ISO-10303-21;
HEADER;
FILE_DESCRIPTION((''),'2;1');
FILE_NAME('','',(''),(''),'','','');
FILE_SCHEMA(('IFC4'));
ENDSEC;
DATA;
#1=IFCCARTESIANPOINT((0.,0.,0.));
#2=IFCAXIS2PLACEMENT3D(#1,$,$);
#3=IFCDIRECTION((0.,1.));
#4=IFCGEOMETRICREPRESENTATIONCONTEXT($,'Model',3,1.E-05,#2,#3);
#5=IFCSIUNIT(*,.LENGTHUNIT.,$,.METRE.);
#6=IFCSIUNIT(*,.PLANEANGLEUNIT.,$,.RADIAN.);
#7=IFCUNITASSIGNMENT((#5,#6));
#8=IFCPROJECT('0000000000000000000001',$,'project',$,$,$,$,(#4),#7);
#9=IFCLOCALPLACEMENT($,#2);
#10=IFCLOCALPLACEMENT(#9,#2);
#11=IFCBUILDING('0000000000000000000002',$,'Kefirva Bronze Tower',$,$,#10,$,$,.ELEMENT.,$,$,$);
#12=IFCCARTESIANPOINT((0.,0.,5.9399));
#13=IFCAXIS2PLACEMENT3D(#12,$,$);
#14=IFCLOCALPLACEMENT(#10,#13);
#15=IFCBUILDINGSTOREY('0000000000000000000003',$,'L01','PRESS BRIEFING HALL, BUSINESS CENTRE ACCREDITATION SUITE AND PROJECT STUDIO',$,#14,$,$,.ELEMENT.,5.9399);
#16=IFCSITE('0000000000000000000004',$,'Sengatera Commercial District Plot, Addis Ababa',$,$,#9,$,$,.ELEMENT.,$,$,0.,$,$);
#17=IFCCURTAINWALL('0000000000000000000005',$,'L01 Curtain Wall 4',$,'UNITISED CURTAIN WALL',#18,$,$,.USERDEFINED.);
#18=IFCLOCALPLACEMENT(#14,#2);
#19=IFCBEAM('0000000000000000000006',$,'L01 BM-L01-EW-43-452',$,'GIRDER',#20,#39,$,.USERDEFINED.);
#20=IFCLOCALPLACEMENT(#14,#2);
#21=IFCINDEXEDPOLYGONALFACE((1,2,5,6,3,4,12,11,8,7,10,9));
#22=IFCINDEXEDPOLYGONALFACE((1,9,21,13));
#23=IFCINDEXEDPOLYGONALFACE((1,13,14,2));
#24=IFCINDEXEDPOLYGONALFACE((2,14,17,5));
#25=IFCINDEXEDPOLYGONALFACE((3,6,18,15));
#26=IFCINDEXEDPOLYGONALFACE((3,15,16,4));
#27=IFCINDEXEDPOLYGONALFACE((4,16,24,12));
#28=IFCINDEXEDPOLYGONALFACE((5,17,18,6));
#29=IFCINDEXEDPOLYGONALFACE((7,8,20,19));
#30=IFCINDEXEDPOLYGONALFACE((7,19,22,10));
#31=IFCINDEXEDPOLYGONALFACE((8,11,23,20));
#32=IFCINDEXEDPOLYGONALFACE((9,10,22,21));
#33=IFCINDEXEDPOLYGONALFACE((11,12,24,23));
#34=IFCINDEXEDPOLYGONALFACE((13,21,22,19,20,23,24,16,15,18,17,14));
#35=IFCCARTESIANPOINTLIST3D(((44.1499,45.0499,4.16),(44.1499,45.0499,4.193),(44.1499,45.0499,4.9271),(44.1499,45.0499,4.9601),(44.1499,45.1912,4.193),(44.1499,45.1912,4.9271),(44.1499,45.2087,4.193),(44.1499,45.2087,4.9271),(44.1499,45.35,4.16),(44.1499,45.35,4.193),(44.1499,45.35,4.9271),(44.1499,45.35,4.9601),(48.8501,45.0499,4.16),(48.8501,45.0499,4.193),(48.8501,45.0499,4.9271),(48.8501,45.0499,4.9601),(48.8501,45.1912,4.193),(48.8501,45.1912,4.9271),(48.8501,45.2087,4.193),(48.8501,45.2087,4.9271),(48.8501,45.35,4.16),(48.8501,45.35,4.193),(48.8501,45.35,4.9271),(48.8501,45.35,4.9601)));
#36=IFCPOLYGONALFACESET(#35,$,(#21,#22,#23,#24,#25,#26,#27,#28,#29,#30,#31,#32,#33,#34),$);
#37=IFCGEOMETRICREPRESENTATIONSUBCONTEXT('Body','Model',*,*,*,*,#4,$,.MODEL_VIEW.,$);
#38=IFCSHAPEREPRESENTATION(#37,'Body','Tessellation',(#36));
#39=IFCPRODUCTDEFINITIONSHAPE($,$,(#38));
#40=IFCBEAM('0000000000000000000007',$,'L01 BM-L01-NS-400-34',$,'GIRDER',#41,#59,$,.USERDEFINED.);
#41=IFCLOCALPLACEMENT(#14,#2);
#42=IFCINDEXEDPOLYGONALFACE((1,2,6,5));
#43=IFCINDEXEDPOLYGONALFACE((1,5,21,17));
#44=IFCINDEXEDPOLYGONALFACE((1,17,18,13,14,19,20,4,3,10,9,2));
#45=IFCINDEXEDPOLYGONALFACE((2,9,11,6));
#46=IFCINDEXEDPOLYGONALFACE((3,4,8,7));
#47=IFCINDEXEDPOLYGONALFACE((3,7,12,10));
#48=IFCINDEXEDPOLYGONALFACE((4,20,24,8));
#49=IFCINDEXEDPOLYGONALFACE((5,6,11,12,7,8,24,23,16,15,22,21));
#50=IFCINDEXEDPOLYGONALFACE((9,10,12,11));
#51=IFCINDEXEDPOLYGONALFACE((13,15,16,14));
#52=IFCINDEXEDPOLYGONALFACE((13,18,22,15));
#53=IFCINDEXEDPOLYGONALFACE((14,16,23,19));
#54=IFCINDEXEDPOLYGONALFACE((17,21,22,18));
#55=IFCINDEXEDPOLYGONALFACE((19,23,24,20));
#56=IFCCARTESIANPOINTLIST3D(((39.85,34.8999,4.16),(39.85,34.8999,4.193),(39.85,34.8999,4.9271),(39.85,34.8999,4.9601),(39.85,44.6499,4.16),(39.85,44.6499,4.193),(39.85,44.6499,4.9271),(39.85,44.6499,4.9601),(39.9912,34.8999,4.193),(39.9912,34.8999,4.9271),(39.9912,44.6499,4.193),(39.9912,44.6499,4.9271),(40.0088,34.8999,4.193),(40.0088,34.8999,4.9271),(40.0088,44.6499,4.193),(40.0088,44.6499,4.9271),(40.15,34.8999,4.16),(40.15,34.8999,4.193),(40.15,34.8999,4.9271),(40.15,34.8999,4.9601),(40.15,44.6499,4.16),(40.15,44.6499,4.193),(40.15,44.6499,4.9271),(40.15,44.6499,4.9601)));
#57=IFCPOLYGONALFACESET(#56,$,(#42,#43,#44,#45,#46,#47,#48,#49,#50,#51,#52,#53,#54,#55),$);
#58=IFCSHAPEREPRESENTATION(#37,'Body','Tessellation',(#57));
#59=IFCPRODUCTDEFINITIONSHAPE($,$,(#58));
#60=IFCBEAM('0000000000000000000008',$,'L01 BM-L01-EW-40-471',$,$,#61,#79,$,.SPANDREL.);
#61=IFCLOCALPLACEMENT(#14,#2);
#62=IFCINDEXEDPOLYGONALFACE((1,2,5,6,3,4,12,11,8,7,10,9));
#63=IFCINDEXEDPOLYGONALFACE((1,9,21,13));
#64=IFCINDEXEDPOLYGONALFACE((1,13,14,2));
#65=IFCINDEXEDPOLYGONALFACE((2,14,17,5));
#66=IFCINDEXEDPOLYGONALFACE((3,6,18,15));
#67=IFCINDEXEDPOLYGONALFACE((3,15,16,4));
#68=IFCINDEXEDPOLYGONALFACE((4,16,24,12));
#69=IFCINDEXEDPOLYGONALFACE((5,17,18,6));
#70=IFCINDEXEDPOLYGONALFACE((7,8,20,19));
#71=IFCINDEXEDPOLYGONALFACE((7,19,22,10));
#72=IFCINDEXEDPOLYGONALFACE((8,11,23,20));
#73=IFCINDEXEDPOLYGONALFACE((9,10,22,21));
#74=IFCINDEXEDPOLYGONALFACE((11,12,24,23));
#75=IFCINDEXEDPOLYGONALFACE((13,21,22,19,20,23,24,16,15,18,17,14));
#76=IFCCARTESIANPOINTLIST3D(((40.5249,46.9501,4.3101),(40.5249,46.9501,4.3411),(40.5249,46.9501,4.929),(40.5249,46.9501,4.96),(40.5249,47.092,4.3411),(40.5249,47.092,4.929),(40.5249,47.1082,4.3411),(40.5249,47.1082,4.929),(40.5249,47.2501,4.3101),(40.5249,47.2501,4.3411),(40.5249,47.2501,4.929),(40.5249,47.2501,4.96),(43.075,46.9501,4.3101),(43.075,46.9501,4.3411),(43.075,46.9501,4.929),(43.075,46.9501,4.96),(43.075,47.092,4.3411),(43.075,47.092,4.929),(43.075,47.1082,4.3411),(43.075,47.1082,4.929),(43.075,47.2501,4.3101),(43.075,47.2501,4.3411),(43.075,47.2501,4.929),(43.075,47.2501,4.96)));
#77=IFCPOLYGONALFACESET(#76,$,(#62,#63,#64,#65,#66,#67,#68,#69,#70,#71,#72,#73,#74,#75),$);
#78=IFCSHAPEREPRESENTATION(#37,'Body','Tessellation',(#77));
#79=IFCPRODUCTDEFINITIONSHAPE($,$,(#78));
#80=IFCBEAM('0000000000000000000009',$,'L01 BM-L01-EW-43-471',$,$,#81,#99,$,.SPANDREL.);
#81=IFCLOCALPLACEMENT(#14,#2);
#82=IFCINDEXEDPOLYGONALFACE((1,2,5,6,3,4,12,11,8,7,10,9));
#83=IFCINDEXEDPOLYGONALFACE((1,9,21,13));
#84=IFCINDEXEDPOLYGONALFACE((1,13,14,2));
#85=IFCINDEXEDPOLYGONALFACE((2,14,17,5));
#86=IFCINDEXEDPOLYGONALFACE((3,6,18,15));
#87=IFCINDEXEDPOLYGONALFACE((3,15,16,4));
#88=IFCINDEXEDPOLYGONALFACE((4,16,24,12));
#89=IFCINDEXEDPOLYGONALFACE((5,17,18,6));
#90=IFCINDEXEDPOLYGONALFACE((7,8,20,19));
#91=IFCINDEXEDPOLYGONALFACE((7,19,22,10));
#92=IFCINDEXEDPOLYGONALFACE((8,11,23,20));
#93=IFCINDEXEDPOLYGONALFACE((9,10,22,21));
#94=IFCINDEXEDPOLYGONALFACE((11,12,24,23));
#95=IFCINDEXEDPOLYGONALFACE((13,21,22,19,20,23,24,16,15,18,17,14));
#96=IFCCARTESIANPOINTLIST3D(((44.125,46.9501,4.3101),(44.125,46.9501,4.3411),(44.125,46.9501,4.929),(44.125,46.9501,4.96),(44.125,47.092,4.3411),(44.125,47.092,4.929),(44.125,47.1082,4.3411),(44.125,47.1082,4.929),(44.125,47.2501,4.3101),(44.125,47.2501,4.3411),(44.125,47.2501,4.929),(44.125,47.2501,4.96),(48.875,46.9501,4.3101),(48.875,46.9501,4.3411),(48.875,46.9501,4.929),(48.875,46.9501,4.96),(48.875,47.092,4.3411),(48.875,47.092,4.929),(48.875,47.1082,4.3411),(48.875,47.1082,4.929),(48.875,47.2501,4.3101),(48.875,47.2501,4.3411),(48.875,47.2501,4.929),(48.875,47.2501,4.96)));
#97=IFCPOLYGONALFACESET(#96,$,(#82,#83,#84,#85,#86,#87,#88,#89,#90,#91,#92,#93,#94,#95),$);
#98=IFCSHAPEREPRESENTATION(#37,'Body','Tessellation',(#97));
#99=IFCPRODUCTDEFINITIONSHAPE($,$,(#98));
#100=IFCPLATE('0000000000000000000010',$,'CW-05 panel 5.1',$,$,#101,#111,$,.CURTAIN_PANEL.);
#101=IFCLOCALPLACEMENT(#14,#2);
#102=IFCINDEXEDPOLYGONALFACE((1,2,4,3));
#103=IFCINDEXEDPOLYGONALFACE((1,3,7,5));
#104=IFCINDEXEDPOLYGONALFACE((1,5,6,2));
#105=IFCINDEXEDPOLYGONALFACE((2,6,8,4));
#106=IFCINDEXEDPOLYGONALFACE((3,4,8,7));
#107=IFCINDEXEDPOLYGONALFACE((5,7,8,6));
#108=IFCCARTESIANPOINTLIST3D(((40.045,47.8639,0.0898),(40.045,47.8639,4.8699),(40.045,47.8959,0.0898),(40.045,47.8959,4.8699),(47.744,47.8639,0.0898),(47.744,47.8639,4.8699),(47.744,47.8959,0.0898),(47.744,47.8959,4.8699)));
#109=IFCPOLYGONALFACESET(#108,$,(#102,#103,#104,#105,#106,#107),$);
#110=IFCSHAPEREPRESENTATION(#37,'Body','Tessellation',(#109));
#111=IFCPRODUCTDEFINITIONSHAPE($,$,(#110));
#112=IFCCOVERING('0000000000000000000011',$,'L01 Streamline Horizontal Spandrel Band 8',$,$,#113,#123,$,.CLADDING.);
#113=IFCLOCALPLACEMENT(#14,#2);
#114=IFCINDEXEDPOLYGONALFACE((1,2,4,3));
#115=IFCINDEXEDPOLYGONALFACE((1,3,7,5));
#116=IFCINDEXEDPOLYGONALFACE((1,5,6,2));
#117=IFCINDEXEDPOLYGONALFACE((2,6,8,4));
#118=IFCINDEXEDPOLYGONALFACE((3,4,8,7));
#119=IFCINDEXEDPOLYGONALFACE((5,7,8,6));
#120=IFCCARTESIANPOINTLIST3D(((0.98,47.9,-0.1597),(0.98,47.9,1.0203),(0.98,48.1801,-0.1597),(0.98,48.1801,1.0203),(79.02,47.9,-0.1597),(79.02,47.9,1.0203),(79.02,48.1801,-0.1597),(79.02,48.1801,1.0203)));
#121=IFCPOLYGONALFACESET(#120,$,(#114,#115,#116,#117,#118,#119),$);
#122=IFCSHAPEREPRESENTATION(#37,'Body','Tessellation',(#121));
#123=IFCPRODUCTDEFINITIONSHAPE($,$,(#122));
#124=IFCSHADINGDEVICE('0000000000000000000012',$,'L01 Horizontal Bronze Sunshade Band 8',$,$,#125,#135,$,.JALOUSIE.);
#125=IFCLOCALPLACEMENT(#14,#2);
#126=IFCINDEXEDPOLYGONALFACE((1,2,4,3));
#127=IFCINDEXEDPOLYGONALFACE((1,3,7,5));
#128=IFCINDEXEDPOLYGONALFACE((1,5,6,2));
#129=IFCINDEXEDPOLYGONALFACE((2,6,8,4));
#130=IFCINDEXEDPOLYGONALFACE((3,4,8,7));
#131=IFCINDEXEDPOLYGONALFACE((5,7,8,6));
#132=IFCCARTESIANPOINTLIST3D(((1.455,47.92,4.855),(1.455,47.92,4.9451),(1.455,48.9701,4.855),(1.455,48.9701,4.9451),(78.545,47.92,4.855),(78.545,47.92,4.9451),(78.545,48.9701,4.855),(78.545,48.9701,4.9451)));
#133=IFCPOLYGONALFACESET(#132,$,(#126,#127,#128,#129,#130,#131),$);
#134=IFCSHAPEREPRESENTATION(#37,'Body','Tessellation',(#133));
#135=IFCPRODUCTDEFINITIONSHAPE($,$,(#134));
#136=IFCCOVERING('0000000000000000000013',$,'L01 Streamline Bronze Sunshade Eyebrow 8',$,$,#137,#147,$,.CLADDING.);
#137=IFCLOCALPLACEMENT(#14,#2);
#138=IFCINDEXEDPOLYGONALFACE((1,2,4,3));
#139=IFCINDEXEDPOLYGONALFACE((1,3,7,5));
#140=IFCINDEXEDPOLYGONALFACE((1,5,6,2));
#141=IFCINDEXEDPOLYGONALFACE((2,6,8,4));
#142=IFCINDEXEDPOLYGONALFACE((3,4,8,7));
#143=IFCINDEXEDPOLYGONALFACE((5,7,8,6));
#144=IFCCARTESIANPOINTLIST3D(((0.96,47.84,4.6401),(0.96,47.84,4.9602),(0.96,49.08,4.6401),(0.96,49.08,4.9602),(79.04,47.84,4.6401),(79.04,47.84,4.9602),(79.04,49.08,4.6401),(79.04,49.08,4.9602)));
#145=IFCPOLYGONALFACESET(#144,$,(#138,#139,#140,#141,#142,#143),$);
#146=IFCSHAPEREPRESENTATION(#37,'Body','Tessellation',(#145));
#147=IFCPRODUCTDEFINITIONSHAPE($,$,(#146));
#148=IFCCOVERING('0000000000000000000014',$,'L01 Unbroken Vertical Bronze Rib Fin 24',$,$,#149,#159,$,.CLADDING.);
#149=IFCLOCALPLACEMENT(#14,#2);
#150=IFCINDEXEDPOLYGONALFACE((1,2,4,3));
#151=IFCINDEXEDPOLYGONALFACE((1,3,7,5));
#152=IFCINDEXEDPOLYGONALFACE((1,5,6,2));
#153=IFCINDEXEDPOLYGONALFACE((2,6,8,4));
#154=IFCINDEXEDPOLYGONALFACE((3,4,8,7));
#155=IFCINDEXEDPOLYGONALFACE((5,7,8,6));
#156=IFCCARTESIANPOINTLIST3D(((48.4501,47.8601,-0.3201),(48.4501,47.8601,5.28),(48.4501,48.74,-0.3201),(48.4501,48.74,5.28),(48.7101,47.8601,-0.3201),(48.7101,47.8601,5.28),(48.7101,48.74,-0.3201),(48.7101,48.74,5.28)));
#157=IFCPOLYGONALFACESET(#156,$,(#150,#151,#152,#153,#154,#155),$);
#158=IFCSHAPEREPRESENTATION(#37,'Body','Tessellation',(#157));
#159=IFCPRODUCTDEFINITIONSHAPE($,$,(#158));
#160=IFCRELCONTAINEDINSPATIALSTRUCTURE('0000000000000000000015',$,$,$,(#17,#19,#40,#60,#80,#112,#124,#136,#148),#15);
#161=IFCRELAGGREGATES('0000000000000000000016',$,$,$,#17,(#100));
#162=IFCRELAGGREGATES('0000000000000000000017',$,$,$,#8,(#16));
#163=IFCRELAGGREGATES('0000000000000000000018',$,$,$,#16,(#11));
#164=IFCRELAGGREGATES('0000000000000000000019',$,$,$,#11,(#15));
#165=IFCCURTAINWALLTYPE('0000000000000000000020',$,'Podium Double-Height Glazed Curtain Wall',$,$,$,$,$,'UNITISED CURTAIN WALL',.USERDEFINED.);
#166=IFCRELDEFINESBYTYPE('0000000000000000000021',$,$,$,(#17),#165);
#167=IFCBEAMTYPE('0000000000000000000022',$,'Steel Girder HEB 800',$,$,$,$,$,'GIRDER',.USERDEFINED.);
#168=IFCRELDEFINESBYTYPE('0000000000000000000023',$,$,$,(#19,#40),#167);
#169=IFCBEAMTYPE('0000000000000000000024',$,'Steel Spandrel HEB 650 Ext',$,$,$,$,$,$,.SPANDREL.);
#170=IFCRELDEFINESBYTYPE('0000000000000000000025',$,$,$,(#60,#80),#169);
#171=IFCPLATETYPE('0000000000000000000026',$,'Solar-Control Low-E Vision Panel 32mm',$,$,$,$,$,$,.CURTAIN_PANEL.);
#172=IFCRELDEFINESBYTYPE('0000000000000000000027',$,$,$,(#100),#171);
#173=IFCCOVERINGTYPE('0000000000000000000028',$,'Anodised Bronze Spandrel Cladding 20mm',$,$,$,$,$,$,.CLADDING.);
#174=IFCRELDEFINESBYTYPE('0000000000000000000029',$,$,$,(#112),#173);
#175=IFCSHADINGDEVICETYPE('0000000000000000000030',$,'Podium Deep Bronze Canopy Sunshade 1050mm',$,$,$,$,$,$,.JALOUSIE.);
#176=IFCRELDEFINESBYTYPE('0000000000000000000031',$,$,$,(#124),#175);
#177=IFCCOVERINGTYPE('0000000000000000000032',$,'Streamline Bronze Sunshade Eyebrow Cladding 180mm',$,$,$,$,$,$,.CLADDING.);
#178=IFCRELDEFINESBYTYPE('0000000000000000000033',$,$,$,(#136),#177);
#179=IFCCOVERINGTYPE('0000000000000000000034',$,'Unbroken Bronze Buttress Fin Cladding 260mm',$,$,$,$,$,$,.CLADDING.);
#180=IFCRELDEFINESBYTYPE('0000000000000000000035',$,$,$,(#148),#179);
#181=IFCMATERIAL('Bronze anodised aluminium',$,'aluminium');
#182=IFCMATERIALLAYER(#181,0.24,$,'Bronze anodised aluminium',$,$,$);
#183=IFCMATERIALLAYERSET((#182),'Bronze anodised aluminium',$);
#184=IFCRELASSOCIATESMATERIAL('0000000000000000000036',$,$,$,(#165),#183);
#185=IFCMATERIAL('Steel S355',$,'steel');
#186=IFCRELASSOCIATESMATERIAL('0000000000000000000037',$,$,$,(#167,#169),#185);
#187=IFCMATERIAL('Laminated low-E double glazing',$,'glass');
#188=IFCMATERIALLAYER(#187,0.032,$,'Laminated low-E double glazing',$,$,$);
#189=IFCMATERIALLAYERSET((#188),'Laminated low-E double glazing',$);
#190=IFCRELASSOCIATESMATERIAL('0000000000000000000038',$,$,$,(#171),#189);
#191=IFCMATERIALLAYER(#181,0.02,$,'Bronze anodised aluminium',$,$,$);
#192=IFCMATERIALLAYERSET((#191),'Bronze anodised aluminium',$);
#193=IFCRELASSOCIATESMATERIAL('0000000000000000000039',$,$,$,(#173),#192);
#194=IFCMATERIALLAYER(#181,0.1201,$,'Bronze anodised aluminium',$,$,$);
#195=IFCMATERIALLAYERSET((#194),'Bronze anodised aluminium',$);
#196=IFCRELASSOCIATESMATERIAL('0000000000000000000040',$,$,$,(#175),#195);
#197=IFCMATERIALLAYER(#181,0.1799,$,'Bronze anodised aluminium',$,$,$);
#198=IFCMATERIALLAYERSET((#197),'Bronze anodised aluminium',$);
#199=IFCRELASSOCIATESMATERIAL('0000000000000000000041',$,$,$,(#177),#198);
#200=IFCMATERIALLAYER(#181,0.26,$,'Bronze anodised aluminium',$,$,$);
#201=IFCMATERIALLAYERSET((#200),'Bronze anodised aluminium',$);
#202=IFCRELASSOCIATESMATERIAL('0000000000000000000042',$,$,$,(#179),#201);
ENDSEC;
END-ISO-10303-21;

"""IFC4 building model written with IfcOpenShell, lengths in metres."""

from ifc_helpers import new_model, si_unit, direction, frame, origin, origin_2d, place, context, subcontext, project, spatial, rectangle, i_section, extrude, material, layer, layer_set, material_profile, profile_set, type_object, element, aggregate, save


model = new_model("IFC4")

# Units and contexts
model_context = context("Model", 3, precision=1e-05, world=origin(), true_north=direction((0.0, 1.0)))
body_context = subcontext(model_context, "Body", "Model", "MODEL_VIEW")
ifc_project = project(units=[si_unit("LENGTHUNIT", "METRE"), si_unit("PLANEANGLEUNIT", "RADIAN")], contexts=[model_context])

# Site, building, storey
site_placement = place(None, origin())
site = spatial("IfcSite", under=ifc_project, at=site_placement, Name="Sengatera Commercial District Plot, Addis Ababa", CompositionType="ELEMENT", RefElevation=0.0)
building_placement = place(site_placement, origin())
building = spatial("IfcBuilding", under=site, at=building_placement, Name="Kefirva Bronze Tower", CompositionType="ELEMENT")
storey_placement = place(building_placement, frame((0.0, 0.0, 5.9399)))
storey = spatial("IfcBuildingStorey", under=building, at=storey_placement, Name="L01", Description="PRESS BRIEFING HALL, BUSINESS CENTRE ACCREDITATION SUITE AND PROJECT STUDIO", CompositionType="ELEMENT", Elevation=5.9399)

# Curtain wall
ifc_material_1 = material(Name="Bronze anodised aluminium", Category="aluminium")
ifc_layer_1 = layer(ifc_material_1, 0.24, Name="Bronze anodised aluminium")
ifc_layer_set_1 = layer_set([ifc_layer_1], Name="Bronze anodised aluminium")
curtain_wall_type = type_object("IfcCurtainWallType", Name="Podium Double-Height Glazed Curtain Wall", ElementType="UNITISED CURTAIN WALL", PredefinedType="USERDEFINED", material=ifc_layer_set_1)
curtain_wall_placement = place(storey_placement, origin())
curtain_wall = element("IfcCurtainWall", 1, at=curtain_wall_placement, inside=storey, type_object=curtain_wall_type, Name="L01 Curtain Wall 4", ObjectType="UNITISED CURTAIN WALL", PredefinedType="USERDEFINED")

# Beams
ifc_material_2 = material(Name="Steel S355", Category="steel")
ifc_material_profile_1 = material_profile(ifc_material_2, i_section(OverallWidth=0.3, OverallDepth=0.8, WebThickness=0.0176, FlangeThickness=0.033, at=origin_2d()), Name="HEB 800")
ifc_profile_set_1 = profile_set([ifc_material_profile_1], Name="Steel S355")
beam_type_1 = type_object("IfcBeamType", Name="Steel Girder HEB 800", ElementType="GIRDER", PredefinedType="USERDEFINED", material=ifc_profile_set_1)
beam_1_placement = place(storey_placement, frame((44.1499, 45.2, 4.5601), z_axis=(1.0, 0.0, 0.0), x_axis=(0.0, 1.0, 0.0)))
element("IfcBeam", 2, at=beam_1_placement, inside=storey, type_object=beam_type_1, Name="L01 BM-L01-EW-43-452", ObjectType="GIRDER", PredefinedType="USERDEFINED", context=body_context, shape_type="SweptSolid", body=[
    extrude(i_section(OverallWidth=0.3, OverallDepth=0.8, WebThickness=0.0176, FlangeThickness=0.033, at=origin_2d()), origin(), (0.0, 0.0, 1.0), 4.7002),
])
beam_2_placement = place(storey_placement, frame((40.0, 34.8999, 4.5601), z_axis=(0.0, 1.0, 0.0), x_axis=(-1.0, 0.0, 0.0)))
element("IfcBeam", 3, at=beam_2_placement, inside=storey, type_object=beam_type_1, Name="L01 BM-L01-NS-400-34", ObjectType="GIRDER", PredefinedType="USERDEFINED", context=body_context, shape_type="SweptSolid", body=[
    extrude(i_section(OverallWidth=0.3, OverallDepth=0.8, WebThickness=0.0176, FlangeThickness=0.033, at=origin_2d()), origin(), (0.0, 0.0, 1.0), 9.75),
])
ifc_material_profile_2 = material_profile(ifc_material_2, i_section(OverallWidth=0.3, OverallDepth=0.6499, WebThickness=0.0161, FlangeThickness=0.031, at=origin_2d()), Name="HEB 650")
ifc_profile_set_2 = profile_set([ifc_material_profile_2], Name="Steel S355")
beam_type_2 = type_object("IfcBeamType", Name="Steel Spandrel HEB 650 Ext", PredefinedType="SPANDREL", material=ifc_profile_set_2)
beam_3_placement = place(storey_placement, frame((40.5249, 47.1001, 4.635), z_axis=(1.0, 0.0, 0.0), x_axis=(0.0, 1.0, 0.0)))
element("IfcBeam", 4, at=beam_3_placement, inside=storey, type_object=beam_type_2, Name="L01 BM-L01-EW-40-471", PredefinedType="SPANDREL", context=body_context, shape_type="SweptSolid", body=[
    extrude(i_section(OverallWidth=0.3, OverallDepth=0.6499, WebThickness=0.0161, FlangeThickness=0.031, at=origin_2d()), origin(), (0.0, 0.0, 1.0), 2.55),
])
beam_4_placement = place(storey_placement, frame((44.125, 47.1001, 4.635), z_axis=(1.0, 0.0, 0.0), x_axis=(0.0, 1.0, 0.0)))
element("IfcBeam", 5, at=beam_4_placement, inside=storey, type_object=beam_type_2, Name="L01 BM-L01-EW-43-471", PredefinedType="SPANDREL", context=body_context, shape_type="SweptSolid", body=[
    extrude(i_section(OverallWidth=0.3, OverallDepth=0.6499, WebThickness=0.0161, FlangeThickness=0.031, at=origin_2d()), origin(), (0.0, 0.0, 1.0), 4.75),
])

# Plate
ifc_material_3 = material(Name="Laminated low-E double glazing", Category="glass")
ifc_layer_2 = layer(ifc_material_3, 0.032, Name="Laminated low-E double glazing")
ifc_layer_set_2 = layer_set([ifc_layer_2], Name="Laminated low-E double glazing")
plate_type = type_object("IfcPlateType", Name="Solar-Control Low-E Vision Panel 32mm", PredefinedType="CURTAIN_PANEL", material=ifc_layer_set_2)
plate_placement = place(storey_placement, frame((43.8945, 47.8799, 0.0898), z_axis=(0.0, 0.0, 1.0), x_axis=(-1.0, 0.0, 0.0)))
plate = element("IfcPlate", 6, at=plate_placement, type_object=plate_type, Name="CW-05 panel 5.1", PredefinedType="CURTAIN_PANEL", context=body_context, shape_type="SweptSolid", body=[
    extrude(rectangle(XDim=7.699, YDim=0.032, at=origin_2d()), origin(), (0.0, 0.0, 1.0), 4.78),
])
aggregate(curtain_wall, [plate])

# Covering
ifc_layer_3 = layer(ifc_material_1, 0.02, Name="Bronze anodised aluminium")
ifc_layer_set_3 = layer_set([ifc_layer_3], Name="Bronze anodised aluminium")
covering_type_1 = type_object("IfcCoveringType", Name="Anodised Bronze Spandrel Cladding 20mm", PredefinedType="CLADDING", material=ifc_layer_set_3)
covering_1_placement = place(storey_placement, frame((40.0, 48.04, -0.1597), z_axis=(0.0, 0.0, 1.0), x_axis=(-1.0, 0.0, 0.0)))
element("IfcCovering", 7, at=covering_1_placement, inside=storey, type_object=covering_type_1, Name="L01 Streamline Horizontal Spandrel Band 8", PredefinedType="CLADDING", context=body_context, shape_type="SweptSolid", body=[
    extrude(rectangle(XDim=78.04, YDim=0.28, at=origin_2d()), origin(), (0.0, 0.0, 1.0), 1.1799),
])

# Shading device
ifc_layer_4 = layer(ifc_material_1, 0.1201, Name="Bronze anodised aluminium")
ifc_layer_set_4 = layer_set([ifc_layer_4], Name="Bronze anodised aluminium")
shading_device_type = type_object("IfcShadingDeviceType", Name="Podium Deep Bronze Canopy Sunshade 1050mm", PredefinedType="JALOUSIE", material=ifc_layer_set_4)
shading_device_placement = place(storey_placement, frame((40.0, 48.4451, 4.855), z_axis=(0.0, 0.0, 1.0), x_axis=(-1.0, 0.0, 0.0)))
element("IfcShadingDevice", 8, at=shading_device_placement, inside=storey, type_object=shading_device_type, Name="L01 Horizontal Bronze Sunshade Band 8", PredefinedType="JALOUSIE", context=body_context, shape_type="SweptSolid", body=[
    extrude(rectangle(XDim=77.0901, YDim=1.05, at=origin_2d()), origin(), (0.0, 0.0, 1.0), 0.0901),
])

# Coverings
ifc_layer_5 = layer(ifc_material_1, 0.1799, Name="Bronze anodised aluminium")
ifc_layer_set_5 = layer_set([ifc_layer_5], Name="Bronze anodised aluminium")
covering_type_2 = type_object("IfcCoveringType", Name="Streamline Bronze Sunshade Eyebrow Cladding 180mm", PredefinedType="CLADDING", material=ifc_layer_set_5)
covering_2_placement = place(storey_placement, frame((40.0, 48.46, 4.6401), z_axis=(0.0, 0.0, 1.0), x_axis=(-1.0, 0.0, 0.0)))
element("IfcCovering", 9, at=covering_2_placement, inside=storey, type_object=covering_type_2, Name="L01 Streamline Bronze Sunshade Eyebrow 8", PredefinedType="CLADDING", context=body_context, shape_type="SweptSolid", body=[
    extrude(rectangle(XDim=78.0801, YDim=1.24, at=origin_2d()), origin(), (0.0, 0.0, 1.0), 0.3201),
])
ifc_layer_6 = layer(ifc_material_1, 0.26, Name="Bronze anodised aluminium")
ifc_layer_set_6 = layer_set([ifc_layer_6], Name="Bronze anodised aluminium")
covering_type_3 = type_object("IfcCoveringType", Name="Unbroken Bronze Buttress Fin Cladding 260mm", PredefinedType="CLADDING", material=ifc_layer_set_6)
covering_3_placement = place(storey_placement, frame((48.5801, 48.3, -0.3201), z_axis=(0.0, 0.0, 1.0), x_axis=(-1.0, 0.0, 0.0)))
element("IfcCovering", 10, at=covering_3_placement, inside=storey, type_object=covering_type_3, Name="L01 Unbroken Vertical Bronze Rib Fin 24", PredefinedType="CLADDING", context=body_context, shape_type="SweptSolid", body=[
    extrude(rectangle(XDim=0.26, YDim=0.8799, at=origin_2d()), origin(), (0.0, 0.0, 1.0), 5.6001),
])

save(model, "model.ifc")
